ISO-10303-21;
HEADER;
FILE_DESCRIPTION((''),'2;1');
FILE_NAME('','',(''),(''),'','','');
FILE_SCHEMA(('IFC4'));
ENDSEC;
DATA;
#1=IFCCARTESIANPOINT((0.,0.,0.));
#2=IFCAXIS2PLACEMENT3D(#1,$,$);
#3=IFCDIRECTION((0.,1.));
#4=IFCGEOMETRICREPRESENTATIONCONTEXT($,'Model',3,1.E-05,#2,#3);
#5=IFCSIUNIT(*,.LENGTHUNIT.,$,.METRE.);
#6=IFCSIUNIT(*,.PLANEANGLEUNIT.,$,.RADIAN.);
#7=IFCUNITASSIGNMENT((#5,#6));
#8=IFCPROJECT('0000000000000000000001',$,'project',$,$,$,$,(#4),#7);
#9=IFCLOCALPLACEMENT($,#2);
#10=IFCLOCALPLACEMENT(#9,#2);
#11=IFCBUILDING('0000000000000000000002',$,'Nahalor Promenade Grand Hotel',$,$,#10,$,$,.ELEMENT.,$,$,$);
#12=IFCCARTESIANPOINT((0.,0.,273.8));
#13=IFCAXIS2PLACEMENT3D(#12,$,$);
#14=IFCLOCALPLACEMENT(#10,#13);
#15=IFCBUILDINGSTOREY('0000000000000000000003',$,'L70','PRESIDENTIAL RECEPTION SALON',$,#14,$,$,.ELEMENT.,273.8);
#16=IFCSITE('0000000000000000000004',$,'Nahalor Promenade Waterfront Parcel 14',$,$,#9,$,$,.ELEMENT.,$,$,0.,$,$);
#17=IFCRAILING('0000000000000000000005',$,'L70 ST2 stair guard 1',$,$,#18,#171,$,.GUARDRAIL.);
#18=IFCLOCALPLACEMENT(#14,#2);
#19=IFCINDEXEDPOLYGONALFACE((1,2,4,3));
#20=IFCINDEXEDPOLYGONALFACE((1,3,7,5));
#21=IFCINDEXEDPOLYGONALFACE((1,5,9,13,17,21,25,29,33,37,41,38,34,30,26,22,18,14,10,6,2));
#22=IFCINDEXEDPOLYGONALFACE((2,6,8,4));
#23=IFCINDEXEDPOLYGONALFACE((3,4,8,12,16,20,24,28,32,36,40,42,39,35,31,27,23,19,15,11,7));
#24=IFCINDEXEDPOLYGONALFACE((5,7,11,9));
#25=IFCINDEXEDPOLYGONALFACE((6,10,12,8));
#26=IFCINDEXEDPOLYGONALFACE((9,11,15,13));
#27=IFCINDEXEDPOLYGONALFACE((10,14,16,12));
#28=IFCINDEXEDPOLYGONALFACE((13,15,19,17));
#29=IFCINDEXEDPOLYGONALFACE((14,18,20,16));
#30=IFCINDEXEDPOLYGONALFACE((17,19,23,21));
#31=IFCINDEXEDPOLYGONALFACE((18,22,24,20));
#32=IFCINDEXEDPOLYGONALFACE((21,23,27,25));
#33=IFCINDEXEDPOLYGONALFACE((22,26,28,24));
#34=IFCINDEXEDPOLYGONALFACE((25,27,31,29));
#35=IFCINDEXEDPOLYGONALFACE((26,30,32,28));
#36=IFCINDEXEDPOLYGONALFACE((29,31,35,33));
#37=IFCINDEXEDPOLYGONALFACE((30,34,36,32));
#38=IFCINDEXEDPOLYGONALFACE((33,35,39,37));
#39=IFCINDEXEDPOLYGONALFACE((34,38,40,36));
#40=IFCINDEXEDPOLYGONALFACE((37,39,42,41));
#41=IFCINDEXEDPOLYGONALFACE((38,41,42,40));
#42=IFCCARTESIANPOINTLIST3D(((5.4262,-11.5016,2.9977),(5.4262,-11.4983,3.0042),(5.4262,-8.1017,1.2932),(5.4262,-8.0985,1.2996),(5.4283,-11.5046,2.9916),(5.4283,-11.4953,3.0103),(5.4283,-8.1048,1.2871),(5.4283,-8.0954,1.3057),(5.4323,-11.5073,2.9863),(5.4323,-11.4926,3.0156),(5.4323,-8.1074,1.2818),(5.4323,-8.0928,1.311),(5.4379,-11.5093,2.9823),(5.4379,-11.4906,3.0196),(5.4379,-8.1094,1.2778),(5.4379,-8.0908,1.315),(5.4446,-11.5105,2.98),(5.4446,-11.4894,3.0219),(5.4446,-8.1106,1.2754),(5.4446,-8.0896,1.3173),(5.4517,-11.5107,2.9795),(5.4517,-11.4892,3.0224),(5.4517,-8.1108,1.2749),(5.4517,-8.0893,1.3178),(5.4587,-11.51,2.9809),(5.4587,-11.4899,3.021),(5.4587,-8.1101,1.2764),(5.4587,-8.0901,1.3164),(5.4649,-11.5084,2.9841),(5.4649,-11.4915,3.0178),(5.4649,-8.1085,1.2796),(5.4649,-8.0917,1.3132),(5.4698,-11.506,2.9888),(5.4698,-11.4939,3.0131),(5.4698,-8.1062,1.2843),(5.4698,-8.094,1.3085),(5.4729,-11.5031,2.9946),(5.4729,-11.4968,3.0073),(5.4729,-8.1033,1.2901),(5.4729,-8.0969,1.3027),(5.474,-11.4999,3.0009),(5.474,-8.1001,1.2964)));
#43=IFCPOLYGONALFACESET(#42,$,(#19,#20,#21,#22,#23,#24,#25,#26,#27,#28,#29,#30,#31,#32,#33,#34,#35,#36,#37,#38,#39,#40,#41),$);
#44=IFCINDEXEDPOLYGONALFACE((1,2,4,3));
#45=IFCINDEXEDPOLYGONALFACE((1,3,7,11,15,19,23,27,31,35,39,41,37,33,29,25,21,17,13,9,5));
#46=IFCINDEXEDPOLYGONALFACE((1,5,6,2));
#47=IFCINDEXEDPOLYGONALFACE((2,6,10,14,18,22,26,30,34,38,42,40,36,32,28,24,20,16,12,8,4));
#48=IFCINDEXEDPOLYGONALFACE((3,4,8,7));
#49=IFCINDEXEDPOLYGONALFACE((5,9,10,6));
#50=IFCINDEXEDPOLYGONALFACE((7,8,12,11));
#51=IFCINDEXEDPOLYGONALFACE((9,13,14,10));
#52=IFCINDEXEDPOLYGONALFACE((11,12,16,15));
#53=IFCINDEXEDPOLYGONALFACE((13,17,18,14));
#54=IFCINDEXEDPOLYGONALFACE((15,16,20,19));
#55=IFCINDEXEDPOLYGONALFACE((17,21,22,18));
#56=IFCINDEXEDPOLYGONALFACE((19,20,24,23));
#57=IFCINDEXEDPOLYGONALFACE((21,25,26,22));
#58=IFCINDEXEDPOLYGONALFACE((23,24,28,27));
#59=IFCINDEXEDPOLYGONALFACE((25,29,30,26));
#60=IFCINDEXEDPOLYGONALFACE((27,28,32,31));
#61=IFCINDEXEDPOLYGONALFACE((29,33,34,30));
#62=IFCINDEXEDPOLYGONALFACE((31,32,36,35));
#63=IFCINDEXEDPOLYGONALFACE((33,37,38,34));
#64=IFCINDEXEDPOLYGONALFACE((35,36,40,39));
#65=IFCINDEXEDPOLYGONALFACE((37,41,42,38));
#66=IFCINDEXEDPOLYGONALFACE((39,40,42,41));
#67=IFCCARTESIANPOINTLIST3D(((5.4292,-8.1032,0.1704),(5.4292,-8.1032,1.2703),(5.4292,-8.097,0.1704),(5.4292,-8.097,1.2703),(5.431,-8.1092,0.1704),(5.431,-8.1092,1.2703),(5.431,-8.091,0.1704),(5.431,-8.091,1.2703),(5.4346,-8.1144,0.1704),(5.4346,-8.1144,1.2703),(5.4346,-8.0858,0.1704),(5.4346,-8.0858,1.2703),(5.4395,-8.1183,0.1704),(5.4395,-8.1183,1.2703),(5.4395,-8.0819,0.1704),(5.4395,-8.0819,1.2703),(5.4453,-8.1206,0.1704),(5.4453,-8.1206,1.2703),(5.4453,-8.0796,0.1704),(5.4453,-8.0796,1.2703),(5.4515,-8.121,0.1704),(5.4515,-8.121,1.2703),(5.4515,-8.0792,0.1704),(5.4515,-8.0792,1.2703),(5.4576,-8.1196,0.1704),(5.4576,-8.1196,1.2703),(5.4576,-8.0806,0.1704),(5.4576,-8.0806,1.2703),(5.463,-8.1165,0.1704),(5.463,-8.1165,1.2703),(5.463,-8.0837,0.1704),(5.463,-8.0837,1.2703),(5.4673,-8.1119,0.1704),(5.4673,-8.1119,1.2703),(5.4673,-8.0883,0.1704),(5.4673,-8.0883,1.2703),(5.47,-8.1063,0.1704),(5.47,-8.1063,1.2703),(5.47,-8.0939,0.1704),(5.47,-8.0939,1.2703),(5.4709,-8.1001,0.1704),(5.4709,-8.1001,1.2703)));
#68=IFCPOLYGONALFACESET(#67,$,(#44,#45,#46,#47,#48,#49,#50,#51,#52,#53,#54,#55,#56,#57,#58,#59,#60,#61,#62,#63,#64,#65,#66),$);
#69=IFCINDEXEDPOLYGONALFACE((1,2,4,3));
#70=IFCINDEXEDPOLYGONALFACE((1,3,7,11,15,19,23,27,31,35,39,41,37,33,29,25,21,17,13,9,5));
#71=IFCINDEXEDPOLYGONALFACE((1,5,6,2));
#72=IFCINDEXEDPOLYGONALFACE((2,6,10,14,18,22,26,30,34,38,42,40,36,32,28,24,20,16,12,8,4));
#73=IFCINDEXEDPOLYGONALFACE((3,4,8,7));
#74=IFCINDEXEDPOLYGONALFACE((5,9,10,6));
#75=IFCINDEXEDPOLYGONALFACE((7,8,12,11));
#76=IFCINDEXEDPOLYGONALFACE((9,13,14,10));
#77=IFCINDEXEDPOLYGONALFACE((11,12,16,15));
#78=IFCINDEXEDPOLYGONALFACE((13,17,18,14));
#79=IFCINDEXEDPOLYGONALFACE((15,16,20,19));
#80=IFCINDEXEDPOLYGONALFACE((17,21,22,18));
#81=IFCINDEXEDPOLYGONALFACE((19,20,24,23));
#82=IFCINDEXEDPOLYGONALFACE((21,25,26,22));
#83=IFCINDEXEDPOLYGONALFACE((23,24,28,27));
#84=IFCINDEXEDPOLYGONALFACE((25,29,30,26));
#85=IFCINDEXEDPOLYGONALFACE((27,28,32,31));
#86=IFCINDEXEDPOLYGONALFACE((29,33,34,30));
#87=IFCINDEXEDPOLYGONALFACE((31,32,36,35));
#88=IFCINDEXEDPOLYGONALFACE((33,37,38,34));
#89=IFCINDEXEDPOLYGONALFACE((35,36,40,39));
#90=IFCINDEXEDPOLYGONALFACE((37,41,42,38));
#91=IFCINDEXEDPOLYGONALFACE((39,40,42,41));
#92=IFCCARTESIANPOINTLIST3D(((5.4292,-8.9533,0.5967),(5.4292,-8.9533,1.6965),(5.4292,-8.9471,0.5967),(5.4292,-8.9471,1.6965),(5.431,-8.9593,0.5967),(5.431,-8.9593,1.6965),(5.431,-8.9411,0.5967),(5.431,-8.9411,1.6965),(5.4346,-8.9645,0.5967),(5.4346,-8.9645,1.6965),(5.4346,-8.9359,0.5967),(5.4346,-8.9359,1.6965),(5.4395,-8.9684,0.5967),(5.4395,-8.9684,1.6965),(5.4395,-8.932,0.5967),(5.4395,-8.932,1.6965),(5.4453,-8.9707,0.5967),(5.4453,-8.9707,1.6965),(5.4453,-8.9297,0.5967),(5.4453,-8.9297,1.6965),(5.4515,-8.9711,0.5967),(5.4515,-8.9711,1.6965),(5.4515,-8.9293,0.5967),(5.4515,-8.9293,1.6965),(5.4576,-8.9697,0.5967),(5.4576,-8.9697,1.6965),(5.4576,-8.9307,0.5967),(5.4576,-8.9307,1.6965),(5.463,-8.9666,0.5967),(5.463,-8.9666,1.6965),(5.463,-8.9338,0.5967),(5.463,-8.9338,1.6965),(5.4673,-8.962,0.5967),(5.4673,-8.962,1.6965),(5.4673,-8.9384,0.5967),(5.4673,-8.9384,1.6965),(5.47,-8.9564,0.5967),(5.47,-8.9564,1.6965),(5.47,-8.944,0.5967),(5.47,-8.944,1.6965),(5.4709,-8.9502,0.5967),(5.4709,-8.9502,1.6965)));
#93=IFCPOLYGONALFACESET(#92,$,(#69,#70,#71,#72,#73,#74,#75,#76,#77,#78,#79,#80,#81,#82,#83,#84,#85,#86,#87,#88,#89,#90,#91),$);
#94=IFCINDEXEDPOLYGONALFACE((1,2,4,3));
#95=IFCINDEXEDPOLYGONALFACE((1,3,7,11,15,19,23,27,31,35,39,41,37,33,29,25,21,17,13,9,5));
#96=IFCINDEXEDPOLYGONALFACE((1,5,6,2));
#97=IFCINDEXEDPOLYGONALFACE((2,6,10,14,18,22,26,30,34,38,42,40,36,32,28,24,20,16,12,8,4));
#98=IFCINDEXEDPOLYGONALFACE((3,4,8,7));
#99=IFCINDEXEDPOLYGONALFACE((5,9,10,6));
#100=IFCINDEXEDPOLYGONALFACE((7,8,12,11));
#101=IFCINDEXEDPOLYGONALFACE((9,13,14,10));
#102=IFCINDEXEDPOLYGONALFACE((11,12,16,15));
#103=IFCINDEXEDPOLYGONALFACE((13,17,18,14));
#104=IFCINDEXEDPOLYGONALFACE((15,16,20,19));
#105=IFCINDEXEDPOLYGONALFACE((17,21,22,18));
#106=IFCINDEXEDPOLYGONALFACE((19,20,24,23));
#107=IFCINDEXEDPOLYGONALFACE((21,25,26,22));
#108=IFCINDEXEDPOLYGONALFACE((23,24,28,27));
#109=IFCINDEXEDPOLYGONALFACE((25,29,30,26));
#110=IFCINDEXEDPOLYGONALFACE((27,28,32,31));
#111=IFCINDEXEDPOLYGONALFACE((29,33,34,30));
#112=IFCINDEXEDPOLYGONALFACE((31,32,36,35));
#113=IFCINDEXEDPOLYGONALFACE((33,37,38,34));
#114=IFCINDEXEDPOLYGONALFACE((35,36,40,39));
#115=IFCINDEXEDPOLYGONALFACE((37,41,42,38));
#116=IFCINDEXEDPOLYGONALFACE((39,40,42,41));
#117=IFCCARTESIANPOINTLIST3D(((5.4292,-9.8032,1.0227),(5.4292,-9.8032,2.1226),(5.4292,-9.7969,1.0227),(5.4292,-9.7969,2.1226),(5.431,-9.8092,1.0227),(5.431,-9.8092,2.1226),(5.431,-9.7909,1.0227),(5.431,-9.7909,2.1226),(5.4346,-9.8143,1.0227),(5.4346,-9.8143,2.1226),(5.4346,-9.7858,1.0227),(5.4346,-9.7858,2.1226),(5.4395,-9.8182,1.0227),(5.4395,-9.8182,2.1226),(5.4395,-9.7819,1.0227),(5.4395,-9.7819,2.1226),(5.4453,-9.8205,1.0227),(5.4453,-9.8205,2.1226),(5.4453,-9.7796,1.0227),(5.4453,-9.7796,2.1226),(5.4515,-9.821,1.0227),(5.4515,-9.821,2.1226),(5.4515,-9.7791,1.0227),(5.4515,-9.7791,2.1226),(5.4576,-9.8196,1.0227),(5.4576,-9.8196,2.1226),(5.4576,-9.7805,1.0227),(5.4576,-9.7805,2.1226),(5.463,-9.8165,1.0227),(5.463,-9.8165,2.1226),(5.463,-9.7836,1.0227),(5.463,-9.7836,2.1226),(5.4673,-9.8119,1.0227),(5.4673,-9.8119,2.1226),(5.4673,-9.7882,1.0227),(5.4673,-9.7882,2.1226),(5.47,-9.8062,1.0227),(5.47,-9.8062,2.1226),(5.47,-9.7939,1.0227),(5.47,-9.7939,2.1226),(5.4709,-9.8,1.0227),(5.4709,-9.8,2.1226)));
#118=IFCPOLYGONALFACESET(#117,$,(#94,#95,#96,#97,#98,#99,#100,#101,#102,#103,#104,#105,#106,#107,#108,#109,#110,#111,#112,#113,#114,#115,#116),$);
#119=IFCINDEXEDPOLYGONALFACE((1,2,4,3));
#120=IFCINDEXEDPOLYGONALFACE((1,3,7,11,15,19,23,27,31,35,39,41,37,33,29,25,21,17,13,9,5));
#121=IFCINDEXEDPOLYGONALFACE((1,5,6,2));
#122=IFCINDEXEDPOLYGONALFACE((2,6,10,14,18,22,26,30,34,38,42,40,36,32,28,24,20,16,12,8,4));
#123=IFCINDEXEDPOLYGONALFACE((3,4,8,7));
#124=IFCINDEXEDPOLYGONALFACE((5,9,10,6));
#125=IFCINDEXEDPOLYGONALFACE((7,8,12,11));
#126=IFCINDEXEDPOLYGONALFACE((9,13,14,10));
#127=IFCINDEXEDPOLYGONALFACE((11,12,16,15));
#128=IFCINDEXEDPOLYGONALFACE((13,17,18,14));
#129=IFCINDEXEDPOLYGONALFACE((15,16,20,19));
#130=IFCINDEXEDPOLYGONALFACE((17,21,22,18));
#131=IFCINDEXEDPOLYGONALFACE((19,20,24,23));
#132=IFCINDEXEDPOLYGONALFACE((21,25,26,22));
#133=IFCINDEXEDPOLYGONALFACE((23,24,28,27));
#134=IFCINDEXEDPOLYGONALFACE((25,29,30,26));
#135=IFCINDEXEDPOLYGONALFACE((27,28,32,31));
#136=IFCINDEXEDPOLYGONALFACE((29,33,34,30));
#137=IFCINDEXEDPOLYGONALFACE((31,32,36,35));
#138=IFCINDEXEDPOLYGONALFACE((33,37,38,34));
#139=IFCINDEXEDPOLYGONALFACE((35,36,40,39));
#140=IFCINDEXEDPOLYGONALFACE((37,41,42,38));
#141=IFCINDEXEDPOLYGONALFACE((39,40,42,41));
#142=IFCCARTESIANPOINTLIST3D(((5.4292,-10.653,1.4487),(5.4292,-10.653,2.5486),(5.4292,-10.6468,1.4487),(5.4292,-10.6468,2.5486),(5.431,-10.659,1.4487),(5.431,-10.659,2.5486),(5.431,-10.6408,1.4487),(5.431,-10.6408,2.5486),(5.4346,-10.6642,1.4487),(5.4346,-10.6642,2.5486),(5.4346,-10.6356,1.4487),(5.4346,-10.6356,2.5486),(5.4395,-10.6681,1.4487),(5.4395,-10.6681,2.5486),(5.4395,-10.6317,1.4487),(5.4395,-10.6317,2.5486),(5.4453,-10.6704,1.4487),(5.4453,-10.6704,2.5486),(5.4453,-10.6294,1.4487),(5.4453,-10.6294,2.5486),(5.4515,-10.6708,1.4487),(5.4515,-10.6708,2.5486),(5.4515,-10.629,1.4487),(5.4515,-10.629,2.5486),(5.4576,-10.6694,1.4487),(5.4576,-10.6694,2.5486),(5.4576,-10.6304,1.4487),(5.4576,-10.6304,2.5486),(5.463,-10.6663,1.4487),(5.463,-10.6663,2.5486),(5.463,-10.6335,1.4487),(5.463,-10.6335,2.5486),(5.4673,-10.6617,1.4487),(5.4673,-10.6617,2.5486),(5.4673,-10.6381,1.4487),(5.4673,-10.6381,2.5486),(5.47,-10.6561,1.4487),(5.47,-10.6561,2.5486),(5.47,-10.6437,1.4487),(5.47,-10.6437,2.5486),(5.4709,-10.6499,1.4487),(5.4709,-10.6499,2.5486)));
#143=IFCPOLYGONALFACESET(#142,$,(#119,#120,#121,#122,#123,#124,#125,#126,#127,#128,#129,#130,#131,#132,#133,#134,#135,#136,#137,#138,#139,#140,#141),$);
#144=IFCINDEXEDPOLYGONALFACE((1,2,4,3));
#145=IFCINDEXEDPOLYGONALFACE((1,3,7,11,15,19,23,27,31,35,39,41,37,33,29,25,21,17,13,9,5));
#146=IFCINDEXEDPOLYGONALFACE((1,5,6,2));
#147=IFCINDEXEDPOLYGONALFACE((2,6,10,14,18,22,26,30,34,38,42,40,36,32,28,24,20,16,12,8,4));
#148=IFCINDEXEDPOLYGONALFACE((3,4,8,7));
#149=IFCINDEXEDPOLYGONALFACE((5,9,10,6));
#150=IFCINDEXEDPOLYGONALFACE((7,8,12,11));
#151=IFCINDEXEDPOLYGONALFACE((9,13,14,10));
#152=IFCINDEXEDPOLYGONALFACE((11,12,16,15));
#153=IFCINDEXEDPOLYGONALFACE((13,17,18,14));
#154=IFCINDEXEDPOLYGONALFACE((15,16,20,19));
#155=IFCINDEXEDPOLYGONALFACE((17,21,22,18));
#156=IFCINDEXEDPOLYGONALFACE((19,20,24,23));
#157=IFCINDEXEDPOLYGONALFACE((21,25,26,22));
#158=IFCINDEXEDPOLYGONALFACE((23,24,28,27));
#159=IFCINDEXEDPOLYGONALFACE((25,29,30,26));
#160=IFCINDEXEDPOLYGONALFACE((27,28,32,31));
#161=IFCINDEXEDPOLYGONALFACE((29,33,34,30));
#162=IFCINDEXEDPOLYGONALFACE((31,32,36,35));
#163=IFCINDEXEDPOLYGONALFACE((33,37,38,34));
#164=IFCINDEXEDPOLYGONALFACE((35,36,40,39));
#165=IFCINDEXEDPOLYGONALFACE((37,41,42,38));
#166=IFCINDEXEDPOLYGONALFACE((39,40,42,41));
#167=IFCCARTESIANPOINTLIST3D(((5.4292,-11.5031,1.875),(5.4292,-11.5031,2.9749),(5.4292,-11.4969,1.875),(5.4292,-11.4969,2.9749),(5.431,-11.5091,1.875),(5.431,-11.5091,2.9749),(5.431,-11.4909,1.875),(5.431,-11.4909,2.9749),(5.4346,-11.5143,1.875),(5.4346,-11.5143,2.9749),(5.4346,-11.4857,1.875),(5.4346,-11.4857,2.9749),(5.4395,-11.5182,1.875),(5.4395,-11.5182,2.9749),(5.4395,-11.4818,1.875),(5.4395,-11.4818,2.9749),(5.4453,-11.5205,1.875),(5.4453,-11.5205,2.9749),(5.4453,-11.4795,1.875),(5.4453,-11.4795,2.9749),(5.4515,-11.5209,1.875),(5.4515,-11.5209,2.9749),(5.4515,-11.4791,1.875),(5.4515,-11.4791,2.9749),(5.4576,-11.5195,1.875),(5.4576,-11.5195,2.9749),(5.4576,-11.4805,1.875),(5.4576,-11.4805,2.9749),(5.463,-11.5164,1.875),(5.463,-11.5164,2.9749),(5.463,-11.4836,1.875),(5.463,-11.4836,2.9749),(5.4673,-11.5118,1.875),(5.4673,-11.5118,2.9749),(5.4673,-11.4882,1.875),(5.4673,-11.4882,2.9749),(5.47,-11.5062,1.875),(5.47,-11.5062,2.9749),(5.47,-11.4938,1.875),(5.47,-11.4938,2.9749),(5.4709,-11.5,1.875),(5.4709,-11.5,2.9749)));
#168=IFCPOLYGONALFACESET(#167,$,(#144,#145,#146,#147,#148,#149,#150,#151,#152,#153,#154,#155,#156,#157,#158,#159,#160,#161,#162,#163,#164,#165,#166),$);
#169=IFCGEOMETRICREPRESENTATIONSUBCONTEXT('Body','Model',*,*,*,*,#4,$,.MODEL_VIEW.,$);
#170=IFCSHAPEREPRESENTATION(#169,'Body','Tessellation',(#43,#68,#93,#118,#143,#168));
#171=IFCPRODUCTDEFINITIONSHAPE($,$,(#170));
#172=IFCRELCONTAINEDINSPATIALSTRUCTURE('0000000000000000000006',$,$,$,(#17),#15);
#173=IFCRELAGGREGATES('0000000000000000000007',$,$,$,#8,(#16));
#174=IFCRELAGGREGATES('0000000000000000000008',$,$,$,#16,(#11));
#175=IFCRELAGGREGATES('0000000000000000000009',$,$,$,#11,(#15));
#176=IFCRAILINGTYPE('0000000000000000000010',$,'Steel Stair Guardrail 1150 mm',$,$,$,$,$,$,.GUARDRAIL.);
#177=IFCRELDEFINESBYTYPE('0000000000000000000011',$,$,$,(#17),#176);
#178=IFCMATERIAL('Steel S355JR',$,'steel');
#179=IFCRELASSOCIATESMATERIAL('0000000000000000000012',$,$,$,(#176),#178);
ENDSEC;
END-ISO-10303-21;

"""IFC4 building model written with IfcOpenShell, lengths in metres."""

from ifc_helpers import new_model, si_unit, direction, frame, origin, origin_2d, place, context, subcontext, project, spatial, circle, extrude, material, type_object, element, save


model = new_model("IFC4")

# Units and contexts
model_context = context("Model", 3, precision=1e-05, world=origin(), true_north=direction((0.0, 1.0)))
body_context = subcontext(model_context, "Body", "Model", "MODEL_VIEW")
ifc_project = project(units=[si_unit("LENGTHUNIT", "METRE"), si_unit("PLANEANGLEUNIT", "RADIAN")], contexts=[model_context])

# Site, building, storey
site_placement = place(None, origin())
site = spatial("IfcSite", under=ifc_project, at=site_placement, Name="Nahalor Promenade Waterfront Parcel 14", CompositionType="ELEMENT", RefElevation=0.0)
building_placement = place(site_placement, origin())
building = spatial("IfcBuilding", under=site, at=building_placement, Name="Nahalor Promenade Grand Hotel", CompositionType="ELEMENT")
storey_placement = place(building_placement, frame((0.0, 0.0, 273.8)))
storey = spatial("IfcBuildingStorey", under=building, at=storey_placement, Name="L70", Description="PRESIDENTIAL RECEPTION SALON", CompositionType="ELEMENT", Elevation=273.8)

# Shared definitions
ifc_material_1 = material(Name="Steel S355JR", Category="steel")

# Railing
railing_type_1 = type_object("IfcRailingType", Name="Steel Stair Guardrail 1150 mm", PredefinedType="GUARDRAIL", material=ifc_material_1)
railing_1_placement = place(storey_placement, frame((5.45, -8.1001, 0.1704)))
element("IfcRailing", 1, at=railing_1_placement, inside=storey, type_object=railing_type_1, Name="L70 ST2 stair guard 1", PredefinedType="GUARDRAIL", context=body_context, shape_type="SweptSolid", body=[
    extrude(circle(Radius=0.024, at=origin_2d()), frame((0.0, 0.0, 1.126), z_axis=(0.0, -0.893939, 0.448189), x_axis=(1.0, 0.0, 0.0)), (0.0, 0.0, 1.0), 3.8032),
    extrude(circle(Radius=0.021, at=origin_2d()), origin(), (0.0, 0.0, 1.0), 1.0999),
    extrude(circle(Radius=0.021, at=origin_2d()), frame((0.0, -0.8501, 0.4263)), (0.0, 0.0, 1.0), 1.0999),
    extrude(circle(Radius=0.021, at=origin_2d()), frame((0.0, -1.7, 0.8523)), (0.0, 0.0, 1.0), 1.0999),
    extrude(circle(Radius=0.021, at=origin_2d()), frame((0.0, -2.5498, 1.2783)), (0.0, 0.0, 1.0), 1.0999),
    extrude(circle(Radius=0.021, at=origin_2d()), frame((0.0, -3.3999, 1.7046)), (0.0, 0.0, 1.0), 1.0999),
])

save(model, "model.ifc")
